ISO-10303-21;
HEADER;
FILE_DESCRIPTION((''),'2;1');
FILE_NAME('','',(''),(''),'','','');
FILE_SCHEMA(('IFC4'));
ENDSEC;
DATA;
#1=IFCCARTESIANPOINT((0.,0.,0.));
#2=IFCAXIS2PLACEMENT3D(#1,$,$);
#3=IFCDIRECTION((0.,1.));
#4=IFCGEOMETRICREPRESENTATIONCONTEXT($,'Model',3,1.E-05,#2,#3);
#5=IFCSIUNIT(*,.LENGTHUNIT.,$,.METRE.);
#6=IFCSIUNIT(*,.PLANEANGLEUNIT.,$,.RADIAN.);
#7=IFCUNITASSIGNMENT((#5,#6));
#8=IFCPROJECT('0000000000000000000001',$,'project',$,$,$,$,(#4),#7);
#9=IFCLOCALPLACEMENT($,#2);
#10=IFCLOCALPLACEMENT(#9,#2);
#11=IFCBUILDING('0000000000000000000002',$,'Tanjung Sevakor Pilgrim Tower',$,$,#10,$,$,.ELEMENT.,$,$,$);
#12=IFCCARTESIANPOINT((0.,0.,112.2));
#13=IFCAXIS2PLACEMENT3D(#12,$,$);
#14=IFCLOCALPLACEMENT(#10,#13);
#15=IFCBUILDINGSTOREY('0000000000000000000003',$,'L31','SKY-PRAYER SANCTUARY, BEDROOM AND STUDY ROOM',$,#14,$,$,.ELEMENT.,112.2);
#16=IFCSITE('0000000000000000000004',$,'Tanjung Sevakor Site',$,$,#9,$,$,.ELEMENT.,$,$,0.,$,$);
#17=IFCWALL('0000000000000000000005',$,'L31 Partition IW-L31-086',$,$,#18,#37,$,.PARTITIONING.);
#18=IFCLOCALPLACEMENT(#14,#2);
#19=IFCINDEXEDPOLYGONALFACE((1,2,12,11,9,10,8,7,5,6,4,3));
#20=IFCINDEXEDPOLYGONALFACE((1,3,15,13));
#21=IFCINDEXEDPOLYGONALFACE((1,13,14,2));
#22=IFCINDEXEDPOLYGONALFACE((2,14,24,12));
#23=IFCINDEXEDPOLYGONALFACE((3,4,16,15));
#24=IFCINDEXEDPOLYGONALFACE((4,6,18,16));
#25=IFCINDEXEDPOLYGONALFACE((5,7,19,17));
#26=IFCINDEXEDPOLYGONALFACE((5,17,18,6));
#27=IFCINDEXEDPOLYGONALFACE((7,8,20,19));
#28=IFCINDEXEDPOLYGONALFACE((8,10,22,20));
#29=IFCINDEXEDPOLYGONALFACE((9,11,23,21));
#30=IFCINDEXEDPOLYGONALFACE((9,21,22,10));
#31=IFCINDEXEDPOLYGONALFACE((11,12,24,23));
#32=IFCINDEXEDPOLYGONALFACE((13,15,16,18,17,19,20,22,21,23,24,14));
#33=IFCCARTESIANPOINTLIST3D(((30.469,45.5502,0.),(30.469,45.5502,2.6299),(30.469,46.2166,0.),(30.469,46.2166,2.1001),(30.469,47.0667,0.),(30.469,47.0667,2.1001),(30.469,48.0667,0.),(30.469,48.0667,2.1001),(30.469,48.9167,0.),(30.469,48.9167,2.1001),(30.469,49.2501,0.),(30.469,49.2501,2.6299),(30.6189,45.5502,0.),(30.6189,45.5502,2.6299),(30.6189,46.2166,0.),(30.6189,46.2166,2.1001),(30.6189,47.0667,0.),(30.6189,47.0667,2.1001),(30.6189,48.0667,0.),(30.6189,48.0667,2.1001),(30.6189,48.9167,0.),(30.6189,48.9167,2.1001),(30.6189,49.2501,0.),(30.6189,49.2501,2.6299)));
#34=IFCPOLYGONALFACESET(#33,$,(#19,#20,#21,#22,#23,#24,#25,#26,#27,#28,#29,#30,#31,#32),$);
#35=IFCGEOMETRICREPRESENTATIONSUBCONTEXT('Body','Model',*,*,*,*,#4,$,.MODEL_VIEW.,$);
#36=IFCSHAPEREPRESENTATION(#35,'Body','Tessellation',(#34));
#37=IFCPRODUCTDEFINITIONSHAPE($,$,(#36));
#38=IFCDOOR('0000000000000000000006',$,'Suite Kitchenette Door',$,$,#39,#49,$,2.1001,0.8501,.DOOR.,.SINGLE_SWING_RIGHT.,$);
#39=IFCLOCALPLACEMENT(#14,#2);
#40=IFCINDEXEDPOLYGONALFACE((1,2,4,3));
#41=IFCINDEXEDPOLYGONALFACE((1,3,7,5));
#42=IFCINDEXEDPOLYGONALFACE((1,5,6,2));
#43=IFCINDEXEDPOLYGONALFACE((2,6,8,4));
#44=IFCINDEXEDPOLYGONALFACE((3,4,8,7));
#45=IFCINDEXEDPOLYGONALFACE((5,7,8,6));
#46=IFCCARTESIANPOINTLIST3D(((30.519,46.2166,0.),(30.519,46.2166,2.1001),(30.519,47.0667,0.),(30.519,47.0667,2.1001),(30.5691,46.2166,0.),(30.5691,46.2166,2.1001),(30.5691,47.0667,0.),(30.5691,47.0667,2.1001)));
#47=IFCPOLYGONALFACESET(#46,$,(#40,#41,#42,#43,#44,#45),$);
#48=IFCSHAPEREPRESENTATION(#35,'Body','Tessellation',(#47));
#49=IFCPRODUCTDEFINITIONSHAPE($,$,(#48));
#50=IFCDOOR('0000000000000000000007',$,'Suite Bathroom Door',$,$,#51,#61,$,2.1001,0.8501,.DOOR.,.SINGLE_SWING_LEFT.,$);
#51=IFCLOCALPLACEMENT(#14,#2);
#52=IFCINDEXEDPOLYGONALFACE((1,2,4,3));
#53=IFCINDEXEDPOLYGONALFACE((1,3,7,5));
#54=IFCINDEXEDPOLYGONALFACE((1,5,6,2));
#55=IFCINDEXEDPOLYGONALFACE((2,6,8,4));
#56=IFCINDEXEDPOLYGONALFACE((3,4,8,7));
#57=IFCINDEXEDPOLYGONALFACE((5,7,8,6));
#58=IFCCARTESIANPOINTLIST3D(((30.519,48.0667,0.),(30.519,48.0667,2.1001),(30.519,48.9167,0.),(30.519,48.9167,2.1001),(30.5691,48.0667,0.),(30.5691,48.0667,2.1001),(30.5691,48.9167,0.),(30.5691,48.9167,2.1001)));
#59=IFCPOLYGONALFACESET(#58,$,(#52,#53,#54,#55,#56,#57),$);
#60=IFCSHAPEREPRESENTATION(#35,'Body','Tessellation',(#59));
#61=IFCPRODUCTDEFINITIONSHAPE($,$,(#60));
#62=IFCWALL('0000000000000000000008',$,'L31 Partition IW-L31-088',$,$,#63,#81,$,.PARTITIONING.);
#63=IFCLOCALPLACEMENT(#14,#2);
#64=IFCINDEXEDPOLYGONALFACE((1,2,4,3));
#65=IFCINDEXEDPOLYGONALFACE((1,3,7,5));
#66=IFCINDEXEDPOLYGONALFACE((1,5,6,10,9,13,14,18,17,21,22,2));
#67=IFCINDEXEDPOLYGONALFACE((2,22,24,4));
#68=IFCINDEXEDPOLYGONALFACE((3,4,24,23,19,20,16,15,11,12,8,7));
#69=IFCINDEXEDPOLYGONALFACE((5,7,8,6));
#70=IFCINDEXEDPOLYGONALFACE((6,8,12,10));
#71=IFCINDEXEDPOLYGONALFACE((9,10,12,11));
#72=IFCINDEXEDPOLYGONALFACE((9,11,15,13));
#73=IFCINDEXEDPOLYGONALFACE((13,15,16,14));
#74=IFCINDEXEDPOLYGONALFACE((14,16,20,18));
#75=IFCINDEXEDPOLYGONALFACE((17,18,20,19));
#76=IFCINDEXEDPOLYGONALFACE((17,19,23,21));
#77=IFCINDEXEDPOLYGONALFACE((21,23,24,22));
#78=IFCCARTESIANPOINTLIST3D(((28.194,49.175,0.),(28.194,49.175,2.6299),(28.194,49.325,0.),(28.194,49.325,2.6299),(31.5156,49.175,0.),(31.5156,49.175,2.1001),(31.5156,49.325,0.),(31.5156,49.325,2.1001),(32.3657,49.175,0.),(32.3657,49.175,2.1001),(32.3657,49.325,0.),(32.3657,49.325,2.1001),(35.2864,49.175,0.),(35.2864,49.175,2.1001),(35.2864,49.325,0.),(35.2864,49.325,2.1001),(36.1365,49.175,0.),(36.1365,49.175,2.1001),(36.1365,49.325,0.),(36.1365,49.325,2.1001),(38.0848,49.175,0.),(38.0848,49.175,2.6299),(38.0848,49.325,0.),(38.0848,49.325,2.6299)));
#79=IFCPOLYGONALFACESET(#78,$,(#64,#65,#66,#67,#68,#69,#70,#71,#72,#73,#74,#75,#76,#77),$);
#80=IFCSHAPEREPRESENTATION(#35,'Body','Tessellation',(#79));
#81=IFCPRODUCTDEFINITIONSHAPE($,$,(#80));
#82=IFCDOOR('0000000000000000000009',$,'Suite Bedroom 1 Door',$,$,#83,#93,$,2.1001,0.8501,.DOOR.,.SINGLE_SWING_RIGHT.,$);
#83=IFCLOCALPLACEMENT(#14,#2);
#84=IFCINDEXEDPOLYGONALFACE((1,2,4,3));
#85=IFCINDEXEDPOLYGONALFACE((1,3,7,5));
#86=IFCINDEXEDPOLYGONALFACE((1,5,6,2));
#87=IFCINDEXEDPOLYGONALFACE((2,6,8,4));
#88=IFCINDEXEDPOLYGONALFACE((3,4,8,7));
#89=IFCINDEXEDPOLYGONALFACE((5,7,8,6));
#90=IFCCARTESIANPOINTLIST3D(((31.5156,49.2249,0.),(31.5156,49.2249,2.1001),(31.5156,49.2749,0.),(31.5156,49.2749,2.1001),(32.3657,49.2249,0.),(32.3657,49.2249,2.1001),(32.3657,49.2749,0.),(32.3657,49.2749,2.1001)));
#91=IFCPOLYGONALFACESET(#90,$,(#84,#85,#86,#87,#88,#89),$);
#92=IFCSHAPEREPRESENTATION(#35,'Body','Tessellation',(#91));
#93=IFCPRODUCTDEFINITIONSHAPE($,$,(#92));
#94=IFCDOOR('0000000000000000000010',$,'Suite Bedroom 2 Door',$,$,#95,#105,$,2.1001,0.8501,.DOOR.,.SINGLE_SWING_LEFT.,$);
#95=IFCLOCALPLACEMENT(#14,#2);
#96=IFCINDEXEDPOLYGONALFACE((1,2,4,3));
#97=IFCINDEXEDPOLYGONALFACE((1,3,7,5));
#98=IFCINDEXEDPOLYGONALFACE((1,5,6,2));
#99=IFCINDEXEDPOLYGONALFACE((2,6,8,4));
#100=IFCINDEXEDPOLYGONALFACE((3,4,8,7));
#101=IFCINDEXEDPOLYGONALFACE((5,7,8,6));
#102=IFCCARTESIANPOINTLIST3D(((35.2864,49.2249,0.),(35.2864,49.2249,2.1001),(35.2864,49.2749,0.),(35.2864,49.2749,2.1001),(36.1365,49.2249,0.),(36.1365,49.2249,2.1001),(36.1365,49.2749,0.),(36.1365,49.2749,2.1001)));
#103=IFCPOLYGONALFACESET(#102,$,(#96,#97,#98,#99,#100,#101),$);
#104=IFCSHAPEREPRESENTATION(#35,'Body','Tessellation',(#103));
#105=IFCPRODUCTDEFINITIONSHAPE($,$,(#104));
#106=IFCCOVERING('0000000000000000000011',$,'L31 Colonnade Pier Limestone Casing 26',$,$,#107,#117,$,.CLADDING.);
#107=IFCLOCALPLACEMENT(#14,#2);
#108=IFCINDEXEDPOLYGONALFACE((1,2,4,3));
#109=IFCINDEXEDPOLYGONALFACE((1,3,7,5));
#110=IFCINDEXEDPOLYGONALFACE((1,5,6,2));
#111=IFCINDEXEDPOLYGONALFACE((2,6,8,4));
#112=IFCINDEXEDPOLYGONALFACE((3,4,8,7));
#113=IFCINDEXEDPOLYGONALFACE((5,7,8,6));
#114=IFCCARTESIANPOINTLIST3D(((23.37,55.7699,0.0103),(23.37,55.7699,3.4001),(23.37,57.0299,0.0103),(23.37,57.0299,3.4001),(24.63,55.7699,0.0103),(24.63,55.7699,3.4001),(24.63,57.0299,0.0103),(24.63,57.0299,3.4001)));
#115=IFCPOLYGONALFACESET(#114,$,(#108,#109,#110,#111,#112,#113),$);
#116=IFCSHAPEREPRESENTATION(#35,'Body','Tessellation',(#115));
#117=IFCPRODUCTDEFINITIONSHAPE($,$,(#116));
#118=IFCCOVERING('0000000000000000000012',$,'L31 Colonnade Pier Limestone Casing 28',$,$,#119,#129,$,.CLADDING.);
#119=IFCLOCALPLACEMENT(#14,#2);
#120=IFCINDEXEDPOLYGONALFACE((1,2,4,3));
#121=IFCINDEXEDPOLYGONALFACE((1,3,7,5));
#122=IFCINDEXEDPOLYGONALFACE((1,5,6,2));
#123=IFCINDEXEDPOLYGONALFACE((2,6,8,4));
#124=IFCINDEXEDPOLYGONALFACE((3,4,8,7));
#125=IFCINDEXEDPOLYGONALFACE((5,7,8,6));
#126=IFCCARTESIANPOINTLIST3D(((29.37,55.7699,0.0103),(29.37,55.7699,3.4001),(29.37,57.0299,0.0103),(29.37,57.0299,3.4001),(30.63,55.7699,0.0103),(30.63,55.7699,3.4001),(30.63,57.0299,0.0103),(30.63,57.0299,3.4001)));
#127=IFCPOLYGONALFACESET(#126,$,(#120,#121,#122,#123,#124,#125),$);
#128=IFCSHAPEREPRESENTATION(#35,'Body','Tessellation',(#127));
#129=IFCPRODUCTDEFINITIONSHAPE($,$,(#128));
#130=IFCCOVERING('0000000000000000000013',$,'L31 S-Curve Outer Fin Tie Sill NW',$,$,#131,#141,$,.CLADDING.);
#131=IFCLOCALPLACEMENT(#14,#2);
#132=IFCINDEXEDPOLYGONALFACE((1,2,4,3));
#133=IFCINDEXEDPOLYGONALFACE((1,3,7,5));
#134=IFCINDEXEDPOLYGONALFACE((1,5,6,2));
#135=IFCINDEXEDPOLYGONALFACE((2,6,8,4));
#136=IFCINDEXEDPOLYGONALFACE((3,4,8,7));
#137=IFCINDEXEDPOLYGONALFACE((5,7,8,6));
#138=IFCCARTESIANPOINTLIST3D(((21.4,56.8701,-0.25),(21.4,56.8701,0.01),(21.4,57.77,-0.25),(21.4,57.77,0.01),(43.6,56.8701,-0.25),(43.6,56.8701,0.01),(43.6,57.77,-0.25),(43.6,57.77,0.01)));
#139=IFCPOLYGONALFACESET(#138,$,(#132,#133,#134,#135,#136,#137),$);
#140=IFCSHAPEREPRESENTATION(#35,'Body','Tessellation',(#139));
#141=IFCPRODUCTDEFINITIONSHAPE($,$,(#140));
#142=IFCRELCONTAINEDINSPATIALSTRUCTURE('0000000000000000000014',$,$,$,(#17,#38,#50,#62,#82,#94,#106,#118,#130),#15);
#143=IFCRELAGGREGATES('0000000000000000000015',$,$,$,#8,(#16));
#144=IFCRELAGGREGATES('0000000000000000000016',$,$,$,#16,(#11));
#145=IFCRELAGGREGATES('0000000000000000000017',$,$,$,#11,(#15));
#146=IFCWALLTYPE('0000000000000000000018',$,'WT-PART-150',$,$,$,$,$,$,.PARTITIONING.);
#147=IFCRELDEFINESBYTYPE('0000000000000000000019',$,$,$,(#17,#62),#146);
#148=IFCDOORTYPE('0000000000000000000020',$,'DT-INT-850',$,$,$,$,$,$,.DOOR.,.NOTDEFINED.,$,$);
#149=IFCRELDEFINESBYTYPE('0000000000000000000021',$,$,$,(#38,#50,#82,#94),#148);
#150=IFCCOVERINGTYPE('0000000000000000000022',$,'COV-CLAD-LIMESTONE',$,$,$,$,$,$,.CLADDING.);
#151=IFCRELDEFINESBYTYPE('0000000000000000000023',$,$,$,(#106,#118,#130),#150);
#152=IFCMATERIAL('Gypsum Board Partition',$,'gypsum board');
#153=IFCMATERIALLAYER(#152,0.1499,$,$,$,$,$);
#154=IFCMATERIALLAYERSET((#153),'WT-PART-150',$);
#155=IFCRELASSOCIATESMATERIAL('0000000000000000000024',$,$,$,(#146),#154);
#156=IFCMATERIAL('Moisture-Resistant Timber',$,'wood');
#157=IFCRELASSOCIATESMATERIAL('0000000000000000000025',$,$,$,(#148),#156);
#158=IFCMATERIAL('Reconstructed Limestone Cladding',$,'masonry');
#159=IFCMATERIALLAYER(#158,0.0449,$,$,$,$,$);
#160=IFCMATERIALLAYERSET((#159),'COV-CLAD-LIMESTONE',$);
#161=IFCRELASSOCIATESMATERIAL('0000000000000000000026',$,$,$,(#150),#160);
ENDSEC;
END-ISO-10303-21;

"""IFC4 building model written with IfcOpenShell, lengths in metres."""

from ifc_helpers import new_model, si_unit, direction, frame, frame_2d, origin, origin_2d, place, context, subcontext, project, spatial, rectangle, extrude, material, layer, layer_set, type_object, element, fill, save


model = new_model("IFC4")

# Units and contexts
model_context = context("Model", 3, precision=1e-05, world=origin(), true_north=direction((0.0, 1.0)))
body_context = subcontext(model_context, "Body", "Model", "MODEL_VIEW")
ifc_project = project(units=[si_unit("LENGTHUNIT", "METRE"), si_unit("PLANEANGLEUNIT", "RADIAN")], contexts=[model_context])

# Site, building, storey
site_placement = place(None, origin())
site = spatial("IfcSite", under=ifc_project, at=site_placement, Name="Tanjung Sevakor Site", CompositionType="ELEMENT", RefElevation=0.0)
building_placement = place(site_placement, origin())
building = spatial("IfcBuilding", under=site, at=building_placement, Name="Tanjung Sevakor Pilgrim Tower", CompositionType="ELEMENT")
storey_placement = place(building_placement, frame((0.0, 0.0, 112.2)))
storey = spatial("IfcBuildingStorey", under=building, at=storey_placement, Name="L31", Description="SKY-PRAYER SANCTUARY, BEDROOM AND STUDY ROOM", CompositionType="ELEMENT", Elevation=112.2)

# Shared definitions
ifc_material_1 = material(Name="Gypsum Board Partition", Category="gypsum board")
ifc_layer_1 = layer(ifc_material_1, 0.1499)
ifc_layer_set_1 = layer_set([ifc_layer_1], Name="WT-PART-150")
wall_type = type_object("IfcWallType", Name="WT-PART-150", PredefinedType="PARTITIONING", material=ifc_layer_set_1)

# Walls, openings, doors
wall_1_placement = place(storey_placement, frame((30.5439, 45.55, 0.0), z_axis=(0.0, 0.0, 1.0), x_axis=(0.0, 1.0, 0.0)))
wall_1 = element("IfcWall", 1, at=wall_1_placement, inside=storey, type_object=wall_type, Name="L31 Partition IW-L31-086", PredefinedType="PARTITIONING", context=body_context, shape_type="SweptSolid", body=[
    extrude(rectangle(XDim=3.7, YDim=0.1499, at=frame_2d((1.8501, 0.0))), origin(), (0.0, 0.0, 1.0), 2.6299),
])
opening_1_placement = place(wall_1_placement, frame((0.6665, 0.0, 0.0)))
opening_1 = element("IfcOpeningElement", 2, at=opening_1_placement, cuts=wall_1, PredefinedType="OPENING", context=body_context, shape_type="SweptSolid", body=[
    extrude(rectangle(XDim=0.8501, YDim=2.1001, at=frame_2d((0.425, 1.05))), frame((0.0, 0.085, 0.0), z_axis=(0.0, -1.0, 0.0), x_axis=(1.0, 0.0, 0.0)), (0.0, 0.0, 1.0), 0.1699),
])
opening_2_placement = place(wall_1_placement, frame((2.5166, 0.0, 0.0)))
opening_2 = element("IfcOpeningElement", 3, at=opening_2_placement, cuts=wall_1, PredefinedType="OPENING", context=body_context, shape_type="SweptSolid", body=[
    extrude(rectangle(XDim=0.8501, YDim=2.1001, at=frame_2d((0.425, 1.05))), frame((0.0, 0.085, 0.0), z_axis=(0.0, -1.0, 0.0), x_axis=(1.0, 0.0, 0.0)), (0.0, 0.0, 1.0), 0.1699),
])
ifc_material_2 = material(Name="Moisture-Resistant Timber", Category="wood")
door_type = type_object("IfcDoorType", Name="DT-INT-850", OperationType="NOTDEFINED", PredefinedType="DOOR", material=ifc_material_2)
door_1_placement = place(opening_1_placement, origin())
door_1 = element("IfcDoor", 4, at=door_1_placement, inside=storey, type_object=door_type, Name="Suite Kitchenette Door", OperationType="SINGLE_SWING_RIGHT", OverallHeight=2.1001, OverallWidth=0.8501, PredefinedType="DOOR", context=body_context, shape_type="SweptSolid", body=[
    extrude(rectangle(XDim=0.8501, YDim=2.1001, at=frame_2d((0.425, 1.05))), frame((0.0, 0.0249, 0.0), z_axis=(0.0, -1.0, 0.0), x_axis=(1.0, 0.0, 0.0)), (0.0, 0.0, 1.0), 0.05),
])
fill(opening_1, door_1)
door_2_placement = place(opening_2_placement, origin())
door_2 = element("IfcDoor", 5, at=door_2_placement, inside=storey, type_object=door_type, Name="Suite Bathroom Door", OperationType="SINGLE_SWING_LEFT", OverallHeight=2.1001, OverallWidth=0.8501, PredefinedType="DOOR", context=body_context, shape_type="SweptSolid", body=[
    extrude(rectangle(XDim=0.8501, YDim=2.1001, at=frame_2d((0.425, 1.05))), frame((0.0, 0.0249, 0.0), z_axis=(0.0, -1.0, 0.0), x_axis=(1.0, 0.0, 0.0)), (0.0, 0.0, 1.0), 0.05),
])
fill(opening_2, door_2)
wall_2_placement = place(storey_placement, frame((28.1941, 49.25, 0.0), z_axis=(0.0, 0.0, 1.0), x_axis=(1.0, 0.0, 0.0)))
wall_2 = element("IfcWall", 6, at=wall_2_placement, inside=storey, type_object=wall_type, Name="L31 Partition IW-L31-088", PredefinedType="PARTITIONING", context=body_context, shape_type="SweptSolid", body=[
    extrude(rectangle(XDim=9.8909, YDim=0.1499, at=frame_2d((4.9453, 0.0))), origin(), (0.0, 0.0, 1.0), 2.6299),
])
opening_3_placement = place(wall_2_placement, frame((3.3215, 0.0, 0.0)))
opening_3 = element("IfcOpeningElement", 7, at=opening_3_placement, cuts=wall_2, PredefinedType="OPENING", context=body_context, shape_type="SweptSolid", body=[
    extrude(rectangle(XDim=0.8501, YDim=2.1001, at=frame_2d((0.425, 1.05))), frame((0.0, 0.085, 0.0), z_axis=(0.0, -1.0, 0.0), x_axis=(1.0, 0.0, 0.0)), (0.0, 0.0, 1.0), 0.1699),
])
opening_4_placement = place(wall_2_placement, frame((7.0923, 0.0, 0.0)))
opening_4 = element("IfcOpeningElement", 8, at=opening_4_placement, cuts=wall_2, PredefinedType="OPENING", context=body_context, shape_type="SweptSolid", body=[
    extrude(rectangle(XDim=0.8501, YDim=2.1001, at=frame_2d((0.425, 1.05))), frame((0.0, 0.085, 0.0), z_axis=(0.0, -1.0, 0.0), x_axis=(1.0, 0.0, 0.0)), (0.0, 0.0, 1.0), 0.1699),
])
door_3_placement = place(opening_3_placement, origin())
door_3 = element("IfcDoor", 9, at=door_3_placement, inside=storey, type_object=door_type, Name="Suite Bedroom 1 Door", OperationType="SINGLE_SWING_RIGHT", OverallHeight=2.1001, OverallWidth=0.8501, PredefinedType="DOOR", context=body_context, shape_type="SweptSolid", body=[
    extrude(rectangle(XDim=0.8501, YDim=2.1001, at=frame_2d((0.425, 1.05))), frame((0.0, 0.0249, 0.0), z_axis=(0.0, -1.0, 0.0), x_axis=(1.0, 0.0, 0.0)), (0.0, 0.0, 1.0), 0.05),
])
fill(opening_3, door_3)
door_4_placement = place(opening_4_placement, origin())
door_4 = element("IfcDoor", 10, at=door_4_placement, inside=storey, type_object=door_type, Name="Suite Bedroom 2 Door", OperationType="SINGLE_SWING_LEFT", OverallHeight=2.1001, OverallWidth=0.8501, PredefinedType="DOOR", context=body_context, shape_type="SweptSolid", body=[
    extrude(rectangle(XDim=0.8501, YDim=2.1001, at=frame_2d((0.425, 1.05))), frame((0.0, 0.0249, 0.0), z_axis=(0.0, -1.0, 0.0), x_axis=(1.0, 0.0, 0.0)), (0.0, 0.0, 1.0), 0.05),
])
fill(opening_4, door_4)

# Coverings
ifc_material_3 = material(Name="Reconstructed Limestone Cladding", Category="masonry")
ifc_layer_2 = layer(ifc_material_3, 0.0449)
ifc_layer_set_2 = layer_set([ifc_layer_2], Name="COV-CLAD-LIMESTONE")
covering_type = type_object("IfcCoveringType", Name="COV-CLAD-LIMESTONE", PredefinedType="CLADDING", material=ifc_layer_set_2)
for number, where, z_axis, x_axis, name in (
    (11, (24.0, 56.3999, 0.0103), (0.0, 0.0, 1.0), (1.0, 0.0, 0.0), "L31 Colonnade Pier Limestone Casing 26"),
    (12, (30.0, 56.3999, 0.0103), (0.0, 0.0, 1.0), (1.0, 0.0, 0.0), "L31 Colonnade Pier Limestone Casing 28"),
):
    element("IfcCovering", number, at=place(storey_placement, frame(where, z_axis=z_axis, x_axis=x_axis)), inside=storey, type_object=covering_type, Name=name, PredefinedType="CLADDING", context=body_context, shape_type="SweptSolid", body=[
        extrude(rectangle(XDim=1.26, YDim=1.26, at=origin_2d()), origin(), (0.0, 0.0, 1.0), 3.3899),
    ])
covering_placement = place(storey_placement, frame((32.5, 57.3201, -0.25), z_axis=(0.0, 0.0, 1.0), x_axis=(1.0, 0.0, 0.0)))
element("IfcCovering", 13, at=covering_placement, inside=storey, type_object=covering_type, Name="L31 S-Curve Outer Fin Tie Sill NW", PredefinedType="CLADDING", context=body_context, shape_type="SweptSolid", body=[
    extrude(rectangle(XDim=22.2, YDim=0.8999, at=origin_2d()), origin(), (0.0, 0.0, 1.0), 0.26),
])

save(model, "model.ifc")
